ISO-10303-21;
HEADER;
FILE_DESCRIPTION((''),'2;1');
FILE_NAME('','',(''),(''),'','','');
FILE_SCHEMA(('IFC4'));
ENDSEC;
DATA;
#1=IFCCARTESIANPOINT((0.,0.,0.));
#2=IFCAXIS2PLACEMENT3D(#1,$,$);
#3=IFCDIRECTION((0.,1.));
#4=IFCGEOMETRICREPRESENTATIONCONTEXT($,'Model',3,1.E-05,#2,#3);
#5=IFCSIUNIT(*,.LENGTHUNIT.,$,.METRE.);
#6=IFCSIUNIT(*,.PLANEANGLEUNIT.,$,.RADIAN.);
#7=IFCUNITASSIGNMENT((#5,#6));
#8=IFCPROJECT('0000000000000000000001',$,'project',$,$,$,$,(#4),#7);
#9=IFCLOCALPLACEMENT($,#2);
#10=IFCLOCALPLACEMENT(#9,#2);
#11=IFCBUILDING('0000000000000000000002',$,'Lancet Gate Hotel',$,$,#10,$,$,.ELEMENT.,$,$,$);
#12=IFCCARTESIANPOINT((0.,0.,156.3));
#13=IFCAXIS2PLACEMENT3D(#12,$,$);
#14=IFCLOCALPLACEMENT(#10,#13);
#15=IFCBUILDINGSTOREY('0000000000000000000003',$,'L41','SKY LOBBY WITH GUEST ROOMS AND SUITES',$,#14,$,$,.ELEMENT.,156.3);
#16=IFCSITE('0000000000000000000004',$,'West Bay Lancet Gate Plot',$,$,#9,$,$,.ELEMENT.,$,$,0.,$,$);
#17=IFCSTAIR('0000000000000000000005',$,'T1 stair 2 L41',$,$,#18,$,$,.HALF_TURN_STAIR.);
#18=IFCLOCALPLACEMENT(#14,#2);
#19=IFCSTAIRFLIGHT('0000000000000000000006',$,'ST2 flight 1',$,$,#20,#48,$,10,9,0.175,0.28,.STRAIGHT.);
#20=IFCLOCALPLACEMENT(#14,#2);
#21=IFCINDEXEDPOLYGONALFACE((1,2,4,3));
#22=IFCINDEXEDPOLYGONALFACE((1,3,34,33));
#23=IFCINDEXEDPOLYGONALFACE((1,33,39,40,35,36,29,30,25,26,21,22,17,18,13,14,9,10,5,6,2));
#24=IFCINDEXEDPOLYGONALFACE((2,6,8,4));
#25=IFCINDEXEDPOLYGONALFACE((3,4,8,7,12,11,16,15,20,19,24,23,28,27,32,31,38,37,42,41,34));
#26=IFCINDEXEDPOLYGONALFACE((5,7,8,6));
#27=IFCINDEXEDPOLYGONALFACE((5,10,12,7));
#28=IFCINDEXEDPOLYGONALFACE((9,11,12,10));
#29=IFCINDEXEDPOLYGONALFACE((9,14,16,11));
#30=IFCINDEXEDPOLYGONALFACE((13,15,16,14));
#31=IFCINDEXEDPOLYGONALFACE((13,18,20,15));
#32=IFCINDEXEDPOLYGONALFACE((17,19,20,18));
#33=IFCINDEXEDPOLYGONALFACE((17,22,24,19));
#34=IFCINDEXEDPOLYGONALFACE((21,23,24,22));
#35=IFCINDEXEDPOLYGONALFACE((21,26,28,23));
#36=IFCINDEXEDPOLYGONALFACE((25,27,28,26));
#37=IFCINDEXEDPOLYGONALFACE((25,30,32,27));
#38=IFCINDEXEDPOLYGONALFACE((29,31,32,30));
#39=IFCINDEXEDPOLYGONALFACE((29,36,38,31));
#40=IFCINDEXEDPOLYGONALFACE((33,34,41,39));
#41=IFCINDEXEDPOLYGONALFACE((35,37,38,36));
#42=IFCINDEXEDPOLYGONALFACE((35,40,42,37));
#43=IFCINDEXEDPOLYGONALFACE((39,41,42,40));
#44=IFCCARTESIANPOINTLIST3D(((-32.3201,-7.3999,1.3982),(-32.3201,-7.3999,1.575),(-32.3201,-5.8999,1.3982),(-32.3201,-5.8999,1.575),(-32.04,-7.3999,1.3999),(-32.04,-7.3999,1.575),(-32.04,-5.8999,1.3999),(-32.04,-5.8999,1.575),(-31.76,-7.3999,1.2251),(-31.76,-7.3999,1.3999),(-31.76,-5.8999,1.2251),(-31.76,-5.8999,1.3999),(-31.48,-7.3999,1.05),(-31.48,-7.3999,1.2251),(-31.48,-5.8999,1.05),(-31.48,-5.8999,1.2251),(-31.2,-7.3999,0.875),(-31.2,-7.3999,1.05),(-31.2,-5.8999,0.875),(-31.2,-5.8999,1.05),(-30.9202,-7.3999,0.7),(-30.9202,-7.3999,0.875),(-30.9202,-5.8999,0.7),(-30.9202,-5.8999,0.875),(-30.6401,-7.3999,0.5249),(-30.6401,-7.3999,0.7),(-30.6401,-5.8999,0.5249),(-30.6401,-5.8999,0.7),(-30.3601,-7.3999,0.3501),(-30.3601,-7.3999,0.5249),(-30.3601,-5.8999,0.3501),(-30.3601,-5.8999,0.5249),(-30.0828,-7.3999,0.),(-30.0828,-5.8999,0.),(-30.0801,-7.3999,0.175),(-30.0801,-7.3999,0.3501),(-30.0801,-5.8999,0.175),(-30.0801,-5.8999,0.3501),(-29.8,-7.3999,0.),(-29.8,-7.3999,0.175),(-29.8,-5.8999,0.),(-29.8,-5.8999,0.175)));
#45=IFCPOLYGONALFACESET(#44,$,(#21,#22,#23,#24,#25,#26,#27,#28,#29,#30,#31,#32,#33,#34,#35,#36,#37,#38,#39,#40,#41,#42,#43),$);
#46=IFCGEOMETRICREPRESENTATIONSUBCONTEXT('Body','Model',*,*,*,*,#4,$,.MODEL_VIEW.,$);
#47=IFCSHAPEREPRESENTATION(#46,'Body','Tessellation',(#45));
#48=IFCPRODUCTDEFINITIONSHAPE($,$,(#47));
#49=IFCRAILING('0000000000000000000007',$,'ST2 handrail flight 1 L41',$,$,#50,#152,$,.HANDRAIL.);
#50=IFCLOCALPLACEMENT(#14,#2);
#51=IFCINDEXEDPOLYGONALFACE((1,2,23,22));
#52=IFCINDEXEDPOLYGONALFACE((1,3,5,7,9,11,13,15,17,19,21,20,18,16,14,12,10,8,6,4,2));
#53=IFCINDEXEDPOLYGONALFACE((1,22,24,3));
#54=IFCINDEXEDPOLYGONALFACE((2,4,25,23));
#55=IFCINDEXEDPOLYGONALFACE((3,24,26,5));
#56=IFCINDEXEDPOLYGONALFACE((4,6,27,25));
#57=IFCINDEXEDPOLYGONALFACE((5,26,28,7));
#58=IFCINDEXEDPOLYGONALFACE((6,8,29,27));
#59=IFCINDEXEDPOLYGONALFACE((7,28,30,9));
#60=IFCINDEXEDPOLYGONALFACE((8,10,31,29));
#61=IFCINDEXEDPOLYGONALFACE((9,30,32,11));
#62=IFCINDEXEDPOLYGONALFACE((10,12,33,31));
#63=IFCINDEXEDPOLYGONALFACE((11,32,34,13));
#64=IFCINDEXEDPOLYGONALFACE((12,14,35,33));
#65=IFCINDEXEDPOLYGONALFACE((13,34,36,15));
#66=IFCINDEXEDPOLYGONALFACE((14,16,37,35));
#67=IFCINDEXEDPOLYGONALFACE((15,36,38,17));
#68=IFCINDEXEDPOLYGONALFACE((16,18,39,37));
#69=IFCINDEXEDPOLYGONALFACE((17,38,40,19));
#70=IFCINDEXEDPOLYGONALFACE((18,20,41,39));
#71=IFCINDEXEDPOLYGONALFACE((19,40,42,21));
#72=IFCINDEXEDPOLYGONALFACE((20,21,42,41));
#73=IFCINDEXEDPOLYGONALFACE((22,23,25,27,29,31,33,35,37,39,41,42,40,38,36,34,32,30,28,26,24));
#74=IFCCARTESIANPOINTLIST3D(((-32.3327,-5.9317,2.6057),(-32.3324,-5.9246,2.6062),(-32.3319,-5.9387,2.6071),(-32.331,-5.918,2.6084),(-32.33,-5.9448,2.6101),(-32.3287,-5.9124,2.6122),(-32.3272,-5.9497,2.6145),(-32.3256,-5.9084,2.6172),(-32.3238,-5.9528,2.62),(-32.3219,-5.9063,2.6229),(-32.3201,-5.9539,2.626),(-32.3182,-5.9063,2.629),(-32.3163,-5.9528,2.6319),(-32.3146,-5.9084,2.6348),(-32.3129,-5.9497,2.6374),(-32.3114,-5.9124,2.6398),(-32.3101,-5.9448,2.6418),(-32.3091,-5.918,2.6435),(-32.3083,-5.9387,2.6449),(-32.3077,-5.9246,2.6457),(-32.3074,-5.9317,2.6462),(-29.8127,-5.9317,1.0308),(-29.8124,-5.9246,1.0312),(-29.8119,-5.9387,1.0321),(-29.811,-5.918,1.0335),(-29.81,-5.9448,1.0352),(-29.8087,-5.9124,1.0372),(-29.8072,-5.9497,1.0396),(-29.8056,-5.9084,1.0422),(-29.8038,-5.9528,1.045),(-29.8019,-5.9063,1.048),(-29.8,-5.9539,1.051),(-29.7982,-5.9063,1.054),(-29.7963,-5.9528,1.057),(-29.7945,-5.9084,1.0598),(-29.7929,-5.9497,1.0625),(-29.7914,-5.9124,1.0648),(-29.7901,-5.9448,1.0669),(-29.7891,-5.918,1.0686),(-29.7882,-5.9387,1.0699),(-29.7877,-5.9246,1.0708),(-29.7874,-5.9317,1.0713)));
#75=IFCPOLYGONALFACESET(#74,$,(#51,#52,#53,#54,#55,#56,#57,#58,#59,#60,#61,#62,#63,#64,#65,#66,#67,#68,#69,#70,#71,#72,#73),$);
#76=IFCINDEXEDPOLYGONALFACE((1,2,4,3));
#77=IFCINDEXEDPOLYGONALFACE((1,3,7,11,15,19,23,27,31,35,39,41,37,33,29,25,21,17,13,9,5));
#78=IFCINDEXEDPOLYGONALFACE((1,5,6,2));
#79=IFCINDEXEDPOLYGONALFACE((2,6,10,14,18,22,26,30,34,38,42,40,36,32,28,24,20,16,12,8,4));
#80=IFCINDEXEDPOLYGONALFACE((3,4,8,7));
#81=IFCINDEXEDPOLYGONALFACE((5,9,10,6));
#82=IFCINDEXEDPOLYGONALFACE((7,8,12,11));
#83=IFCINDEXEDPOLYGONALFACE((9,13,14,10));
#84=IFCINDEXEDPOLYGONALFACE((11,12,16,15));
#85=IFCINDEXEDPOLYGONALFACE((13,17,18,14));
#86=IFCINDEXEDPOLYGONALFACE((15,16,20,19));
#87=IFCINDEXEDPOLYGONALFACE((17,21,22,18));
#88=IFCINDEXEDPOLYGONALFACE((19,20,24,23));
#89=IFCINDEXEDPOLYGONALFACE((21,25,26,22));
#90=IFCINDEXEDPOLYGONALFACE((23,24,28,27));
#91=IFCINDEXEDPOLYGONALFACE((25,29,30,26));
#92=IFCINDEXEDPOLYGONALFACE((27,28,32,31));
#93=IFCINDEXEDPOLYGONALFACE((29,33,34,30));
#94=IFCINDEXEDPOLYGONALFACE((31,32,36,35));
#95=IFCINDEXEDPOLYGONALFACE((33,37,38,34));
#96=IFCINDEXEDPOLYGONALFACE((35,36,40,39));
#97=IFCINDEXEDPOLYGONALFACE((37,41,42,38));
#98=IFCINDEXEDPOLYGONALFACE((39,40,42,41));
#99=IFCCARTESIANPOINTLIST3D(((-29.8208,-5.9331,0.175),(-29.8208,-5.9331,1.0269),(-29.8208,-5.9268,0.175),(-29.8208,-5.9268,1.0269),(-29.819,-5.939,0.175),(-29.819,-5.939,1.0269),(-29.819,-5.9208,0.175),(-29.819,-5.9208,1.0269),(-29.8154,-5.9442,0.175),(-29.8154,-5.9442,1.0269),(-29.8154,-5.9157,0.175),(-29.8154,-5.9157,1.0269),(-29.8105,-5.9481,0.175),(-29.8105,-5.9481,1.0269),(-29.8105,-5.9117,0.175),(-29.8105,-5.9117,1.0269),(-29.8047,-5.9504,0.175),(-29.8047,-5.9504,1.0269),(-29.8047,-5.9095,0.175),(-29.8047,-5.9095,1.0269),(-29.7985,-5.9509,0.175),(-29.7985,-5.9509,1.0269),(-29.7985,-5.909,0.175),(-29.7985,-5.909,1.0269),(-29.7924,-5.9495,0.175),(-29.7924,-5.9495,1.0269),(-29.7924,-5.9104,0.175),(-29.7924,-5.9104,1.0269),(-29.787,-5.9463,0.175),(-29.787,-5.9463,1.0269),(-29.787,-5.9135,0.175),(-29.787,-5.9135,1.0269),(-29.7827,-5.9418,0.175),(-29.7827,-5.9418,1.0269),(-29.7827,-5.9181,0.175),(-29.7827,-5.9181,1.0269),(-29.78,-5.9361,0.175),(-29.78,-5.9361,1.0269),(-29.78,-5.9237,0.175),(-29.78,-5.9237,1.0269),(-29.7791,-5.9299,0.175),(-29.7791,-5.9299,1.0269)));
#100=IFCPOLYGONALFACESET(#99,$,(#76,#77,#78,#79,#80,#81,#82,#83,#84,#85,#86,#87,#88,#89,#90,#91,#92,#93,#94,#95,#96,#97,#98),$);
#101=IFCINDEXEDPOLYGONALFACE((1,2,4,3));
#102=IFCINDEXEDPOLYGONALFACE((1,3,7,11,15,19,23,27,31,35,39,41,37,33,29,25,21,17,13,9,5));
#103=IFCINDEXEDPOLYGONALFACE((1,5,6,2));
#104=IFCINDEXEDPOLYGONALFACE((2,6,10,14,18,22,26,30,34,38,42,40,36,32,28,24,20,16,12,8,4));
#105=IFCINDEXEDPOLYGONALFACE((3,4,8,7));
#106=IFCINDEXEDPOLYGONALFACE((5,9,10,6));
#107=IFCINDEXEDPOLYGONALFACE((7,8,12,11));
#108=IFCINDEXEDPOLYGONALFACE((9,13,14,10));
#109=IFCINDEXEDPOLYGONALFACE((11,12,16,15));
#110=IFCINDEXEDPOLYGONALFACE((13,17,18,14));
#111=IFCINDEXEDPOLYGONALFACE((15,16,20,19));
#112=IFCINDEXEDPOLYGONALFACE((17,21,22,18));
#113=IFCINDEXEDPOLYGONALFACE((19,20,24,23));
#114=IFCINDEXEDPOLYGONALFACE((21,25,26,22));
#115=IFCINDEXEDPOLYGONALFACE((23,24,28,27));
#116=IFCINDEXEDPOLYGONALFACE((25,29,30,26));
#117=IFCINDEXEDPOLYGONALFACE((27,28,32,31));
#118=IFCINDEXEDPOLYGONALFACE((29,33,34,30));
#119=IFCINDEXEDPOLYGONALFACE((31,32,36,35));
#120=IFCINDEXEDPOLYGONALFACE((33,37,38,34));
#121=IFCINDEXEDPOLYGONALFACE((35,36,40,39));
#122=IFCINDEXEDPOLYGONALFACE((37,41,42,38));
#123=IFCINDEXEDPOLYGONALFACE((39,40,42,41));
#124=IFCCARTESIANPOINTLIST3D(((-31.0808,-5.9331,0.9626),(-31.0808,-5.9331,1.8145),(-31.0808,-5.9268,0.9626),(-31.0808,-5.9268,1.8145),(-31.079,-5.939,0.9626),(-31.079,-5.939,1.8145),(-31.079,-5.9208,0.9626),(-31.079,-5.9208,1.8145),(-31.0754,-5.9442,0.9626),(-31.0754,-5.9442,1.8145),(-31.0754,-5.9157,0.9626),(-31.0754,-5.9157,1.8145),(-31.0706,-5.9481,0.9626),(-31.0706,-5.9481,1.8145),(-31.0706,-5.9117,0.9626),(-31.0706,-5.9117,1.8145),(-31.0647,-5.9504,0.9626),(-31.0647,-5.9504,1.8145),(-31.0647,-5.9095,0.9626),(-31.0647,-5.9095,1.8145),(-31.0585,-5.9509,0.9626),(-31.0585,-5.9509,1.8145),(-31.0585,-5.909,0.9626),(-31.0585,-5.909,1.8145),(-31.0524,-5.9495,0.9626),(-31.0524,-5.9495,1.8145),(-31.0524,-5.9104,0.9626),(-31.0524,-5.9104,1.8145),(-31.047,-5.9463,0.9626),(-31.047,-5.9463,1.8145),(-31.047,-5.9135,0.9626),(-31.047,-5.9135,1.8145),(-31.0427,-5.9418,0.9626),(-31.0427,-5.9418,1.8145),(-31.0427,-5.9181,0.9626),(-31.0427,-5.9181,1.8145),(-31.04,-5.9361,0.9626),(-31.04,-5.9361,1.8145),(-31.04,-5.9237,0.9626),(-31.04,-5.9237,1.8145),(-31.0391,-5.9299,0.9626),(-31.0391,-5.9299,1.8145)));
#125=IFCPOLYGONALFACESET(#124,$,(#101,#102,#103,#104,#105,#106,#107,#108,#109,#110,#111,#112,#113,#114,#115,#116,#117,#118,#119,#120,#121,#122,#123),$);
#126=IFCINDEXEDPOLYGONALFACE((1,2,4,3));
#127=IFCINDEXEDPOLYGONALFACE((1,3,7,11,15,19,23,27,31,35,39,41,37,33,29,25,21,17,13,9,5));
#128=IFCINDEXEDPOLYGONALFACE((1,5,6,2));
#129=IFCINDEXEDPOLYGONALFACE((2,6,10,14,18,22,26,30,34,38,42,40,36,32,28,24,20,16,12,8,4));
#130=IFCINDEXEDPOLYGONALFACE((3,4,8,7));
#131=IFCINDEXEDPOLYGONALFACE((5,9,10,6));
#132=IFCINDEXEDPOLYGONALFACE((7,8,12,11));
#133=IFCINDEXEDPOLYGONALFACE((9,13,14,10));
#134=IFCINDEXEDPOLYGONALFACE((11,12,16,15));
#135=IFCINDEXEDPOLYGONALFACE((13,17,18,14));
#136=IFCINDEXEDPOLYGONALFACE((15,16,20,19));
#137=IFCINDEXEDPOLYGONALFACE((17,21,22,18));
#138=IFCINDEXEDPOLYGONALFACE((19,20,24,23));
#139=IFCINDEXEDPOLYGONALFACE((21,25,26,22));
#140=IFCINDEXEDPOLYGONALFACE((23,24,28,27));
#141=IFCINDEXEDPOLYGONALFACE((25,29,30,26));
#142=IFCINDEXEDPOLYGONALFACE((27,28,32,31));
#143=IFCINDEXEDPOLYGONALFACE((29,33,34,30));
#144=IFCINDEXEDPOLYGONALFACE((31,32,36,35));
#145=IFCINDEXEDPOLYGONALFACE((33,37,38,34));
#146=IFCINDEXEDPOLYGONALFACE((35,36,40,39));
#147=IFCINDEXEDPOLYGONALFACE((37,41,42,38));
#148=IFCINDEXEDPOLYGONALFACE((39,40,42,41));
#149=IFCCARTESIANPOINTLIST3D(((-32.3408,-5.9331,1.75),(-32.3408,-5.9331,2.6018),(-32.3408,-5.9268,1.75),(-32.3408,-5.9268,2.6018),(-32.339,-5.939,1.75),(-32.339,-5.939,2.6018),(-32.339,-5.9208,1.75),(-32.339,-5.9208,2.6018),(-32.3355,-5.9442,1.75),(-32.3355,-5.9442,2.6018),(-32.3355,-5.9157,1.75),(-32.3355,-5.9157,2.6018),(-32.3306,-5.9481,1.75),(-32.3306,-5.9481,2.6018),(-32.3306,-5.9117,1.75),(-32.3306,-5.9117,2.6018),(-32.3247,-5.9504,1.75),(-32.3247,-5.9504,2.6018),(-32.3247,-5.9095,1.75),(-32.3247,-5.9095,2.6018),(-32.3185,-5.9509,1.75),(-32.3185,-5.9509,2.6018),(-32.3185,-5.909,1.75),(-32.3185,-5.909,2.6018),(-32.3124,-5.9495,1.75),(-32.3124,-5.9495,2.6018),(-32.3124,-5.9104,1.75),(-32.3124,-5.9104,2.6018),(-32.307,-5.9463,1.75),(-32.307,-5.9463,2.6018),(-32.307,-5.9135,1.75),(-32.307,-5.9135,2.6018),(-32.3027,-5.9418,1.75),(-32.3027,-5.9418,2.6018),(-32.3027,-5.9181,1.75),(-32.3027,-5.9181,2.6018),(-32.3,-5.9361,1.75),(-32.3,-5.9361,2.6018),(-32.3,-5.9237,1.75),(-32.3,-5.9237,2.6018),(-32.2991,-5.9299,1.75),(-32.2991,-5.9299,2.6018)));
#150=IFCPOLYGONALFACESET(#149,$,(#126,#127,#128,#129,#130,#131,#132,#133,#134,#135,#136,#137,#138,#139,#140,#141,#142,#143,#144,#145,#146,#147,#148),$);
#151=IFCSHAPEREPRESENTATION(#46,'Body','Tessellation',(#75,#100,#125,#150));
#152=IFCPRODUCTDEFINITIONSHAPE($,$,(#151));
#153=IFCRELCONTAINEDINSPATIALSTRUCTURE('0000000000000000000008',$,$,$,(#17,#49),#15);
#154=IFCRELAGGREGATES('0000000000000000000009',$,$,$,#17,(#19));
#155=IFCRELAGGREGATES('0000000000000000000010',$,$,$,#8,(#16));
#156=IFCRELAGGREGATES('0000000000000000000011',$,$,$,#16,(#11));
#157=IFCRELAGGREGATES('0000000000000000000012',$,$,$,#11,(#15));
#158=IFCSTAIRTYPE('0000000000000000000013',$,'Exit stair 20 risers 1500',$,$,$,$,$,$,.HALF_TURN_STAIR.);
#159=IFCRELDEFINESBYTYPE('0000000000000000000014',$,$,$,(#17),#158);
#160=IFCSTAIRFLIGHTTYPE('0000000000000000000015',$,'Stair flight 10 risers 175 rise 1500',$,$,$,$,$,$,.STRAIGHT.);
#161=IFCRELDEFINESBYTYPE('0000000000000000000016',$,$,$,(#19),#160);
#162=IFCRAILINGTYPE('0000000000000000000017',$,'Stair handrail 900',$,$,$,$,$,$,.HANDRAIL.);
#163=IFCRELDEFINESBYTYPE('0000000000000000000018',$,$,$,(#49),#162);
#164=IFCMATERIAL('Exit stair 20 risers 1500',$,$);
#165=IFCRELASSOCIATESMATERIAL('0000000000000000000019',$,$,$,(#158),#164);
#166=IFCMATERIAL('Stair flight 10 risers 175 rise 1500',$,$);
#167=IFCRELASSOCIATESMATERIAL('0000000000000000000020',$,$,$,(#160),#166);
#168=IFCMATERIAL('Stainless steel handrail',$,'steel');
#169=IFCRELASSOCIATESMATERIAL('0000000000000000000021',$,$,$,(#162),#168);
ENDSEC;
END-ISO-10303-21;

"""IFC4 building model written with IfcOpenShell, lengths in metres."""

from ifc_helpers import new_model, si_unit, direction, frame, origin, origin_2d, place, context, subcontext, project, spatial, polyline, circle, outline, extrude, material, type_object, element, aggregate, save


model = new_model("IFC4")

# Units and contexts
model_context = context("Model", 3, precision=1e-05, world=origin(), true_north=direction((0.0, 1.0)))
body_context = subcontext(model_context, "Body", "Model", "MODEL_VIEW")
ifc_project = project(units=[si_unit("LENGTHUNIT", "METRE"), si_unit("PLANEANGLEUNIT", "RADIAN")], contexts=[model_context])

# Site, building, storey
site_placement = place(None, origin())
site = spatial("IfcSite", under=ifc_project, at=site_placement, Name="West Bay Lancet Gate Plot", CompositionType="ELEMENT", RefElevation=0.0)
building_placement = place(site_placement, origin())
building = spatial("IfcBuilding", under=site, at=building_placement, Name="Lancet Gate Hotel", CompositionType="ELEMENT")
storey_placement = place(building_placement, frame((0.0, 0.0, 156.3)))
storey = spatial("IfcBuildingStorey", under=building, at=storey_placement, Name="L41", Description="SKY LOBBY WITH GUEST ROOMS AND SUITES", CompositionType="ELEMENT", Elevation=156.3)

# Stair, stair flight
ifc_material_1 = material(Name="Exit stair 20 risers 1500")
stair_type = type_object("IfcStairType", Name="Exit stair 20 risers 1500", PredefinedType="HALF_TURN_STAIR", material=ifc_material_1)
stair_placement = place(storey_placement, origin())
stair = element("IfcStair", 1, at=stair_placement, inside=storey, type_object=stair_type, Name="T1 stair 2 L41", PredefinedType="HALF_TURN_STAIR")
ifc_material_2 = material(Name="Stair flight 10 risers 175 rise 1500")
stair_flight_type = type_object("IfcStairFlightType", Name="Stair flight 10 risers 175 rise 1500", PredefinedType="STRAIGHT", material=ifc_material_2)
stair_flight_placement = place(storey_placement, frame((-29.8, -6.6499, 0.0), z_axis=(0.0, 0.0, 1.0), x_axis=(-1.0, 0.0, 0.0)))
stair_flight = element("IfcStairFlight", 2, at=stair_flight_placement, type_object=stair_flight_type, Name="ST2 flight 1", NumberOfRisers=10, NumberOfTreads=9, PredefinedType="STRAIGHT", RiserHeight=0.175, TreadLength=0.28, context=body_context, shape_type="SweptSolid", body=[
    extrude(outline(polyline([(0.0, 0.0), (0.0, 0.175), (0.28, 0.175), (0.28, 0.3501), (0.5601, 0.3501), (0.5601, 0.5249), (0.8401, 0.5249), (0.8401, 0.7), (1.1201, 0.7), (1.1201, 0.875), (1.3999, 0.875), (1.3999, 1.05), (1.6799, 1.05), (1.6799, 1.2251), (1.96, 1.2251), (1.96, 1.3999), (2.24, 1.3999), (2.24, 1.575), (2.52, 1.575), (2.52, 1.75), (2.52, 1.3982), (0.2827, 0.0), (0.0, 0.0)])), frame((0.0, 0.75, 0.0), z_axis=(0.0, -1.0, 0.0), x_axis=(1.0, 0.0, 0.0)), (0.0, 0.0, 1.0), 1.5),
])
aggregate(stair, [stair_flight])

# Railing
ifc_material_3 = material(Name="Stainless steel handrail", Category="steel")
railing_type = type_object("IfcRailingType", Name="Stair handrail 900", PredefinedType="HANDRAIL", material=ifc_material_3)
railing_placement = place(storey_placement, frame((-29.8, -5.9299, 0.175)))
element("IfcRailing", 3, at=railing_placement, inside=storey, type_object=railing_type, Name="ST2 handrail flight 1 L41", PredefinedType="HANDRAIL", context=body_context, shape_type="SweptSolid", body=[
    extrude(circle(Radius=0.0239, at=origin_2d()), frame((0.0, 0.0, 0.876), z_axis=(-0.848008, 0.0, 0.529984), x_axis=(0.0, -1.0, 0.0)), (0.0, 0.0, 1.0), 2.9717),
    extrude(circle(Radius=0.021, at=origin_2d()), origin(), (0.0, 0.0, 1.0), 0.8518),
    extrude(circle(Radius=0.021, at=origin_2d()), frame((-1.26, 0.0, 0.7876)), (0.0, 0.0, 1.0), 0.8518),
    extrude(circle(Radius=0.021, at=origin_2d()), frame((-2.52, 0.0, 1.575)), (0.0, 0.0, 1.0), 0.8518),
])

save(model, "model.ifc")
